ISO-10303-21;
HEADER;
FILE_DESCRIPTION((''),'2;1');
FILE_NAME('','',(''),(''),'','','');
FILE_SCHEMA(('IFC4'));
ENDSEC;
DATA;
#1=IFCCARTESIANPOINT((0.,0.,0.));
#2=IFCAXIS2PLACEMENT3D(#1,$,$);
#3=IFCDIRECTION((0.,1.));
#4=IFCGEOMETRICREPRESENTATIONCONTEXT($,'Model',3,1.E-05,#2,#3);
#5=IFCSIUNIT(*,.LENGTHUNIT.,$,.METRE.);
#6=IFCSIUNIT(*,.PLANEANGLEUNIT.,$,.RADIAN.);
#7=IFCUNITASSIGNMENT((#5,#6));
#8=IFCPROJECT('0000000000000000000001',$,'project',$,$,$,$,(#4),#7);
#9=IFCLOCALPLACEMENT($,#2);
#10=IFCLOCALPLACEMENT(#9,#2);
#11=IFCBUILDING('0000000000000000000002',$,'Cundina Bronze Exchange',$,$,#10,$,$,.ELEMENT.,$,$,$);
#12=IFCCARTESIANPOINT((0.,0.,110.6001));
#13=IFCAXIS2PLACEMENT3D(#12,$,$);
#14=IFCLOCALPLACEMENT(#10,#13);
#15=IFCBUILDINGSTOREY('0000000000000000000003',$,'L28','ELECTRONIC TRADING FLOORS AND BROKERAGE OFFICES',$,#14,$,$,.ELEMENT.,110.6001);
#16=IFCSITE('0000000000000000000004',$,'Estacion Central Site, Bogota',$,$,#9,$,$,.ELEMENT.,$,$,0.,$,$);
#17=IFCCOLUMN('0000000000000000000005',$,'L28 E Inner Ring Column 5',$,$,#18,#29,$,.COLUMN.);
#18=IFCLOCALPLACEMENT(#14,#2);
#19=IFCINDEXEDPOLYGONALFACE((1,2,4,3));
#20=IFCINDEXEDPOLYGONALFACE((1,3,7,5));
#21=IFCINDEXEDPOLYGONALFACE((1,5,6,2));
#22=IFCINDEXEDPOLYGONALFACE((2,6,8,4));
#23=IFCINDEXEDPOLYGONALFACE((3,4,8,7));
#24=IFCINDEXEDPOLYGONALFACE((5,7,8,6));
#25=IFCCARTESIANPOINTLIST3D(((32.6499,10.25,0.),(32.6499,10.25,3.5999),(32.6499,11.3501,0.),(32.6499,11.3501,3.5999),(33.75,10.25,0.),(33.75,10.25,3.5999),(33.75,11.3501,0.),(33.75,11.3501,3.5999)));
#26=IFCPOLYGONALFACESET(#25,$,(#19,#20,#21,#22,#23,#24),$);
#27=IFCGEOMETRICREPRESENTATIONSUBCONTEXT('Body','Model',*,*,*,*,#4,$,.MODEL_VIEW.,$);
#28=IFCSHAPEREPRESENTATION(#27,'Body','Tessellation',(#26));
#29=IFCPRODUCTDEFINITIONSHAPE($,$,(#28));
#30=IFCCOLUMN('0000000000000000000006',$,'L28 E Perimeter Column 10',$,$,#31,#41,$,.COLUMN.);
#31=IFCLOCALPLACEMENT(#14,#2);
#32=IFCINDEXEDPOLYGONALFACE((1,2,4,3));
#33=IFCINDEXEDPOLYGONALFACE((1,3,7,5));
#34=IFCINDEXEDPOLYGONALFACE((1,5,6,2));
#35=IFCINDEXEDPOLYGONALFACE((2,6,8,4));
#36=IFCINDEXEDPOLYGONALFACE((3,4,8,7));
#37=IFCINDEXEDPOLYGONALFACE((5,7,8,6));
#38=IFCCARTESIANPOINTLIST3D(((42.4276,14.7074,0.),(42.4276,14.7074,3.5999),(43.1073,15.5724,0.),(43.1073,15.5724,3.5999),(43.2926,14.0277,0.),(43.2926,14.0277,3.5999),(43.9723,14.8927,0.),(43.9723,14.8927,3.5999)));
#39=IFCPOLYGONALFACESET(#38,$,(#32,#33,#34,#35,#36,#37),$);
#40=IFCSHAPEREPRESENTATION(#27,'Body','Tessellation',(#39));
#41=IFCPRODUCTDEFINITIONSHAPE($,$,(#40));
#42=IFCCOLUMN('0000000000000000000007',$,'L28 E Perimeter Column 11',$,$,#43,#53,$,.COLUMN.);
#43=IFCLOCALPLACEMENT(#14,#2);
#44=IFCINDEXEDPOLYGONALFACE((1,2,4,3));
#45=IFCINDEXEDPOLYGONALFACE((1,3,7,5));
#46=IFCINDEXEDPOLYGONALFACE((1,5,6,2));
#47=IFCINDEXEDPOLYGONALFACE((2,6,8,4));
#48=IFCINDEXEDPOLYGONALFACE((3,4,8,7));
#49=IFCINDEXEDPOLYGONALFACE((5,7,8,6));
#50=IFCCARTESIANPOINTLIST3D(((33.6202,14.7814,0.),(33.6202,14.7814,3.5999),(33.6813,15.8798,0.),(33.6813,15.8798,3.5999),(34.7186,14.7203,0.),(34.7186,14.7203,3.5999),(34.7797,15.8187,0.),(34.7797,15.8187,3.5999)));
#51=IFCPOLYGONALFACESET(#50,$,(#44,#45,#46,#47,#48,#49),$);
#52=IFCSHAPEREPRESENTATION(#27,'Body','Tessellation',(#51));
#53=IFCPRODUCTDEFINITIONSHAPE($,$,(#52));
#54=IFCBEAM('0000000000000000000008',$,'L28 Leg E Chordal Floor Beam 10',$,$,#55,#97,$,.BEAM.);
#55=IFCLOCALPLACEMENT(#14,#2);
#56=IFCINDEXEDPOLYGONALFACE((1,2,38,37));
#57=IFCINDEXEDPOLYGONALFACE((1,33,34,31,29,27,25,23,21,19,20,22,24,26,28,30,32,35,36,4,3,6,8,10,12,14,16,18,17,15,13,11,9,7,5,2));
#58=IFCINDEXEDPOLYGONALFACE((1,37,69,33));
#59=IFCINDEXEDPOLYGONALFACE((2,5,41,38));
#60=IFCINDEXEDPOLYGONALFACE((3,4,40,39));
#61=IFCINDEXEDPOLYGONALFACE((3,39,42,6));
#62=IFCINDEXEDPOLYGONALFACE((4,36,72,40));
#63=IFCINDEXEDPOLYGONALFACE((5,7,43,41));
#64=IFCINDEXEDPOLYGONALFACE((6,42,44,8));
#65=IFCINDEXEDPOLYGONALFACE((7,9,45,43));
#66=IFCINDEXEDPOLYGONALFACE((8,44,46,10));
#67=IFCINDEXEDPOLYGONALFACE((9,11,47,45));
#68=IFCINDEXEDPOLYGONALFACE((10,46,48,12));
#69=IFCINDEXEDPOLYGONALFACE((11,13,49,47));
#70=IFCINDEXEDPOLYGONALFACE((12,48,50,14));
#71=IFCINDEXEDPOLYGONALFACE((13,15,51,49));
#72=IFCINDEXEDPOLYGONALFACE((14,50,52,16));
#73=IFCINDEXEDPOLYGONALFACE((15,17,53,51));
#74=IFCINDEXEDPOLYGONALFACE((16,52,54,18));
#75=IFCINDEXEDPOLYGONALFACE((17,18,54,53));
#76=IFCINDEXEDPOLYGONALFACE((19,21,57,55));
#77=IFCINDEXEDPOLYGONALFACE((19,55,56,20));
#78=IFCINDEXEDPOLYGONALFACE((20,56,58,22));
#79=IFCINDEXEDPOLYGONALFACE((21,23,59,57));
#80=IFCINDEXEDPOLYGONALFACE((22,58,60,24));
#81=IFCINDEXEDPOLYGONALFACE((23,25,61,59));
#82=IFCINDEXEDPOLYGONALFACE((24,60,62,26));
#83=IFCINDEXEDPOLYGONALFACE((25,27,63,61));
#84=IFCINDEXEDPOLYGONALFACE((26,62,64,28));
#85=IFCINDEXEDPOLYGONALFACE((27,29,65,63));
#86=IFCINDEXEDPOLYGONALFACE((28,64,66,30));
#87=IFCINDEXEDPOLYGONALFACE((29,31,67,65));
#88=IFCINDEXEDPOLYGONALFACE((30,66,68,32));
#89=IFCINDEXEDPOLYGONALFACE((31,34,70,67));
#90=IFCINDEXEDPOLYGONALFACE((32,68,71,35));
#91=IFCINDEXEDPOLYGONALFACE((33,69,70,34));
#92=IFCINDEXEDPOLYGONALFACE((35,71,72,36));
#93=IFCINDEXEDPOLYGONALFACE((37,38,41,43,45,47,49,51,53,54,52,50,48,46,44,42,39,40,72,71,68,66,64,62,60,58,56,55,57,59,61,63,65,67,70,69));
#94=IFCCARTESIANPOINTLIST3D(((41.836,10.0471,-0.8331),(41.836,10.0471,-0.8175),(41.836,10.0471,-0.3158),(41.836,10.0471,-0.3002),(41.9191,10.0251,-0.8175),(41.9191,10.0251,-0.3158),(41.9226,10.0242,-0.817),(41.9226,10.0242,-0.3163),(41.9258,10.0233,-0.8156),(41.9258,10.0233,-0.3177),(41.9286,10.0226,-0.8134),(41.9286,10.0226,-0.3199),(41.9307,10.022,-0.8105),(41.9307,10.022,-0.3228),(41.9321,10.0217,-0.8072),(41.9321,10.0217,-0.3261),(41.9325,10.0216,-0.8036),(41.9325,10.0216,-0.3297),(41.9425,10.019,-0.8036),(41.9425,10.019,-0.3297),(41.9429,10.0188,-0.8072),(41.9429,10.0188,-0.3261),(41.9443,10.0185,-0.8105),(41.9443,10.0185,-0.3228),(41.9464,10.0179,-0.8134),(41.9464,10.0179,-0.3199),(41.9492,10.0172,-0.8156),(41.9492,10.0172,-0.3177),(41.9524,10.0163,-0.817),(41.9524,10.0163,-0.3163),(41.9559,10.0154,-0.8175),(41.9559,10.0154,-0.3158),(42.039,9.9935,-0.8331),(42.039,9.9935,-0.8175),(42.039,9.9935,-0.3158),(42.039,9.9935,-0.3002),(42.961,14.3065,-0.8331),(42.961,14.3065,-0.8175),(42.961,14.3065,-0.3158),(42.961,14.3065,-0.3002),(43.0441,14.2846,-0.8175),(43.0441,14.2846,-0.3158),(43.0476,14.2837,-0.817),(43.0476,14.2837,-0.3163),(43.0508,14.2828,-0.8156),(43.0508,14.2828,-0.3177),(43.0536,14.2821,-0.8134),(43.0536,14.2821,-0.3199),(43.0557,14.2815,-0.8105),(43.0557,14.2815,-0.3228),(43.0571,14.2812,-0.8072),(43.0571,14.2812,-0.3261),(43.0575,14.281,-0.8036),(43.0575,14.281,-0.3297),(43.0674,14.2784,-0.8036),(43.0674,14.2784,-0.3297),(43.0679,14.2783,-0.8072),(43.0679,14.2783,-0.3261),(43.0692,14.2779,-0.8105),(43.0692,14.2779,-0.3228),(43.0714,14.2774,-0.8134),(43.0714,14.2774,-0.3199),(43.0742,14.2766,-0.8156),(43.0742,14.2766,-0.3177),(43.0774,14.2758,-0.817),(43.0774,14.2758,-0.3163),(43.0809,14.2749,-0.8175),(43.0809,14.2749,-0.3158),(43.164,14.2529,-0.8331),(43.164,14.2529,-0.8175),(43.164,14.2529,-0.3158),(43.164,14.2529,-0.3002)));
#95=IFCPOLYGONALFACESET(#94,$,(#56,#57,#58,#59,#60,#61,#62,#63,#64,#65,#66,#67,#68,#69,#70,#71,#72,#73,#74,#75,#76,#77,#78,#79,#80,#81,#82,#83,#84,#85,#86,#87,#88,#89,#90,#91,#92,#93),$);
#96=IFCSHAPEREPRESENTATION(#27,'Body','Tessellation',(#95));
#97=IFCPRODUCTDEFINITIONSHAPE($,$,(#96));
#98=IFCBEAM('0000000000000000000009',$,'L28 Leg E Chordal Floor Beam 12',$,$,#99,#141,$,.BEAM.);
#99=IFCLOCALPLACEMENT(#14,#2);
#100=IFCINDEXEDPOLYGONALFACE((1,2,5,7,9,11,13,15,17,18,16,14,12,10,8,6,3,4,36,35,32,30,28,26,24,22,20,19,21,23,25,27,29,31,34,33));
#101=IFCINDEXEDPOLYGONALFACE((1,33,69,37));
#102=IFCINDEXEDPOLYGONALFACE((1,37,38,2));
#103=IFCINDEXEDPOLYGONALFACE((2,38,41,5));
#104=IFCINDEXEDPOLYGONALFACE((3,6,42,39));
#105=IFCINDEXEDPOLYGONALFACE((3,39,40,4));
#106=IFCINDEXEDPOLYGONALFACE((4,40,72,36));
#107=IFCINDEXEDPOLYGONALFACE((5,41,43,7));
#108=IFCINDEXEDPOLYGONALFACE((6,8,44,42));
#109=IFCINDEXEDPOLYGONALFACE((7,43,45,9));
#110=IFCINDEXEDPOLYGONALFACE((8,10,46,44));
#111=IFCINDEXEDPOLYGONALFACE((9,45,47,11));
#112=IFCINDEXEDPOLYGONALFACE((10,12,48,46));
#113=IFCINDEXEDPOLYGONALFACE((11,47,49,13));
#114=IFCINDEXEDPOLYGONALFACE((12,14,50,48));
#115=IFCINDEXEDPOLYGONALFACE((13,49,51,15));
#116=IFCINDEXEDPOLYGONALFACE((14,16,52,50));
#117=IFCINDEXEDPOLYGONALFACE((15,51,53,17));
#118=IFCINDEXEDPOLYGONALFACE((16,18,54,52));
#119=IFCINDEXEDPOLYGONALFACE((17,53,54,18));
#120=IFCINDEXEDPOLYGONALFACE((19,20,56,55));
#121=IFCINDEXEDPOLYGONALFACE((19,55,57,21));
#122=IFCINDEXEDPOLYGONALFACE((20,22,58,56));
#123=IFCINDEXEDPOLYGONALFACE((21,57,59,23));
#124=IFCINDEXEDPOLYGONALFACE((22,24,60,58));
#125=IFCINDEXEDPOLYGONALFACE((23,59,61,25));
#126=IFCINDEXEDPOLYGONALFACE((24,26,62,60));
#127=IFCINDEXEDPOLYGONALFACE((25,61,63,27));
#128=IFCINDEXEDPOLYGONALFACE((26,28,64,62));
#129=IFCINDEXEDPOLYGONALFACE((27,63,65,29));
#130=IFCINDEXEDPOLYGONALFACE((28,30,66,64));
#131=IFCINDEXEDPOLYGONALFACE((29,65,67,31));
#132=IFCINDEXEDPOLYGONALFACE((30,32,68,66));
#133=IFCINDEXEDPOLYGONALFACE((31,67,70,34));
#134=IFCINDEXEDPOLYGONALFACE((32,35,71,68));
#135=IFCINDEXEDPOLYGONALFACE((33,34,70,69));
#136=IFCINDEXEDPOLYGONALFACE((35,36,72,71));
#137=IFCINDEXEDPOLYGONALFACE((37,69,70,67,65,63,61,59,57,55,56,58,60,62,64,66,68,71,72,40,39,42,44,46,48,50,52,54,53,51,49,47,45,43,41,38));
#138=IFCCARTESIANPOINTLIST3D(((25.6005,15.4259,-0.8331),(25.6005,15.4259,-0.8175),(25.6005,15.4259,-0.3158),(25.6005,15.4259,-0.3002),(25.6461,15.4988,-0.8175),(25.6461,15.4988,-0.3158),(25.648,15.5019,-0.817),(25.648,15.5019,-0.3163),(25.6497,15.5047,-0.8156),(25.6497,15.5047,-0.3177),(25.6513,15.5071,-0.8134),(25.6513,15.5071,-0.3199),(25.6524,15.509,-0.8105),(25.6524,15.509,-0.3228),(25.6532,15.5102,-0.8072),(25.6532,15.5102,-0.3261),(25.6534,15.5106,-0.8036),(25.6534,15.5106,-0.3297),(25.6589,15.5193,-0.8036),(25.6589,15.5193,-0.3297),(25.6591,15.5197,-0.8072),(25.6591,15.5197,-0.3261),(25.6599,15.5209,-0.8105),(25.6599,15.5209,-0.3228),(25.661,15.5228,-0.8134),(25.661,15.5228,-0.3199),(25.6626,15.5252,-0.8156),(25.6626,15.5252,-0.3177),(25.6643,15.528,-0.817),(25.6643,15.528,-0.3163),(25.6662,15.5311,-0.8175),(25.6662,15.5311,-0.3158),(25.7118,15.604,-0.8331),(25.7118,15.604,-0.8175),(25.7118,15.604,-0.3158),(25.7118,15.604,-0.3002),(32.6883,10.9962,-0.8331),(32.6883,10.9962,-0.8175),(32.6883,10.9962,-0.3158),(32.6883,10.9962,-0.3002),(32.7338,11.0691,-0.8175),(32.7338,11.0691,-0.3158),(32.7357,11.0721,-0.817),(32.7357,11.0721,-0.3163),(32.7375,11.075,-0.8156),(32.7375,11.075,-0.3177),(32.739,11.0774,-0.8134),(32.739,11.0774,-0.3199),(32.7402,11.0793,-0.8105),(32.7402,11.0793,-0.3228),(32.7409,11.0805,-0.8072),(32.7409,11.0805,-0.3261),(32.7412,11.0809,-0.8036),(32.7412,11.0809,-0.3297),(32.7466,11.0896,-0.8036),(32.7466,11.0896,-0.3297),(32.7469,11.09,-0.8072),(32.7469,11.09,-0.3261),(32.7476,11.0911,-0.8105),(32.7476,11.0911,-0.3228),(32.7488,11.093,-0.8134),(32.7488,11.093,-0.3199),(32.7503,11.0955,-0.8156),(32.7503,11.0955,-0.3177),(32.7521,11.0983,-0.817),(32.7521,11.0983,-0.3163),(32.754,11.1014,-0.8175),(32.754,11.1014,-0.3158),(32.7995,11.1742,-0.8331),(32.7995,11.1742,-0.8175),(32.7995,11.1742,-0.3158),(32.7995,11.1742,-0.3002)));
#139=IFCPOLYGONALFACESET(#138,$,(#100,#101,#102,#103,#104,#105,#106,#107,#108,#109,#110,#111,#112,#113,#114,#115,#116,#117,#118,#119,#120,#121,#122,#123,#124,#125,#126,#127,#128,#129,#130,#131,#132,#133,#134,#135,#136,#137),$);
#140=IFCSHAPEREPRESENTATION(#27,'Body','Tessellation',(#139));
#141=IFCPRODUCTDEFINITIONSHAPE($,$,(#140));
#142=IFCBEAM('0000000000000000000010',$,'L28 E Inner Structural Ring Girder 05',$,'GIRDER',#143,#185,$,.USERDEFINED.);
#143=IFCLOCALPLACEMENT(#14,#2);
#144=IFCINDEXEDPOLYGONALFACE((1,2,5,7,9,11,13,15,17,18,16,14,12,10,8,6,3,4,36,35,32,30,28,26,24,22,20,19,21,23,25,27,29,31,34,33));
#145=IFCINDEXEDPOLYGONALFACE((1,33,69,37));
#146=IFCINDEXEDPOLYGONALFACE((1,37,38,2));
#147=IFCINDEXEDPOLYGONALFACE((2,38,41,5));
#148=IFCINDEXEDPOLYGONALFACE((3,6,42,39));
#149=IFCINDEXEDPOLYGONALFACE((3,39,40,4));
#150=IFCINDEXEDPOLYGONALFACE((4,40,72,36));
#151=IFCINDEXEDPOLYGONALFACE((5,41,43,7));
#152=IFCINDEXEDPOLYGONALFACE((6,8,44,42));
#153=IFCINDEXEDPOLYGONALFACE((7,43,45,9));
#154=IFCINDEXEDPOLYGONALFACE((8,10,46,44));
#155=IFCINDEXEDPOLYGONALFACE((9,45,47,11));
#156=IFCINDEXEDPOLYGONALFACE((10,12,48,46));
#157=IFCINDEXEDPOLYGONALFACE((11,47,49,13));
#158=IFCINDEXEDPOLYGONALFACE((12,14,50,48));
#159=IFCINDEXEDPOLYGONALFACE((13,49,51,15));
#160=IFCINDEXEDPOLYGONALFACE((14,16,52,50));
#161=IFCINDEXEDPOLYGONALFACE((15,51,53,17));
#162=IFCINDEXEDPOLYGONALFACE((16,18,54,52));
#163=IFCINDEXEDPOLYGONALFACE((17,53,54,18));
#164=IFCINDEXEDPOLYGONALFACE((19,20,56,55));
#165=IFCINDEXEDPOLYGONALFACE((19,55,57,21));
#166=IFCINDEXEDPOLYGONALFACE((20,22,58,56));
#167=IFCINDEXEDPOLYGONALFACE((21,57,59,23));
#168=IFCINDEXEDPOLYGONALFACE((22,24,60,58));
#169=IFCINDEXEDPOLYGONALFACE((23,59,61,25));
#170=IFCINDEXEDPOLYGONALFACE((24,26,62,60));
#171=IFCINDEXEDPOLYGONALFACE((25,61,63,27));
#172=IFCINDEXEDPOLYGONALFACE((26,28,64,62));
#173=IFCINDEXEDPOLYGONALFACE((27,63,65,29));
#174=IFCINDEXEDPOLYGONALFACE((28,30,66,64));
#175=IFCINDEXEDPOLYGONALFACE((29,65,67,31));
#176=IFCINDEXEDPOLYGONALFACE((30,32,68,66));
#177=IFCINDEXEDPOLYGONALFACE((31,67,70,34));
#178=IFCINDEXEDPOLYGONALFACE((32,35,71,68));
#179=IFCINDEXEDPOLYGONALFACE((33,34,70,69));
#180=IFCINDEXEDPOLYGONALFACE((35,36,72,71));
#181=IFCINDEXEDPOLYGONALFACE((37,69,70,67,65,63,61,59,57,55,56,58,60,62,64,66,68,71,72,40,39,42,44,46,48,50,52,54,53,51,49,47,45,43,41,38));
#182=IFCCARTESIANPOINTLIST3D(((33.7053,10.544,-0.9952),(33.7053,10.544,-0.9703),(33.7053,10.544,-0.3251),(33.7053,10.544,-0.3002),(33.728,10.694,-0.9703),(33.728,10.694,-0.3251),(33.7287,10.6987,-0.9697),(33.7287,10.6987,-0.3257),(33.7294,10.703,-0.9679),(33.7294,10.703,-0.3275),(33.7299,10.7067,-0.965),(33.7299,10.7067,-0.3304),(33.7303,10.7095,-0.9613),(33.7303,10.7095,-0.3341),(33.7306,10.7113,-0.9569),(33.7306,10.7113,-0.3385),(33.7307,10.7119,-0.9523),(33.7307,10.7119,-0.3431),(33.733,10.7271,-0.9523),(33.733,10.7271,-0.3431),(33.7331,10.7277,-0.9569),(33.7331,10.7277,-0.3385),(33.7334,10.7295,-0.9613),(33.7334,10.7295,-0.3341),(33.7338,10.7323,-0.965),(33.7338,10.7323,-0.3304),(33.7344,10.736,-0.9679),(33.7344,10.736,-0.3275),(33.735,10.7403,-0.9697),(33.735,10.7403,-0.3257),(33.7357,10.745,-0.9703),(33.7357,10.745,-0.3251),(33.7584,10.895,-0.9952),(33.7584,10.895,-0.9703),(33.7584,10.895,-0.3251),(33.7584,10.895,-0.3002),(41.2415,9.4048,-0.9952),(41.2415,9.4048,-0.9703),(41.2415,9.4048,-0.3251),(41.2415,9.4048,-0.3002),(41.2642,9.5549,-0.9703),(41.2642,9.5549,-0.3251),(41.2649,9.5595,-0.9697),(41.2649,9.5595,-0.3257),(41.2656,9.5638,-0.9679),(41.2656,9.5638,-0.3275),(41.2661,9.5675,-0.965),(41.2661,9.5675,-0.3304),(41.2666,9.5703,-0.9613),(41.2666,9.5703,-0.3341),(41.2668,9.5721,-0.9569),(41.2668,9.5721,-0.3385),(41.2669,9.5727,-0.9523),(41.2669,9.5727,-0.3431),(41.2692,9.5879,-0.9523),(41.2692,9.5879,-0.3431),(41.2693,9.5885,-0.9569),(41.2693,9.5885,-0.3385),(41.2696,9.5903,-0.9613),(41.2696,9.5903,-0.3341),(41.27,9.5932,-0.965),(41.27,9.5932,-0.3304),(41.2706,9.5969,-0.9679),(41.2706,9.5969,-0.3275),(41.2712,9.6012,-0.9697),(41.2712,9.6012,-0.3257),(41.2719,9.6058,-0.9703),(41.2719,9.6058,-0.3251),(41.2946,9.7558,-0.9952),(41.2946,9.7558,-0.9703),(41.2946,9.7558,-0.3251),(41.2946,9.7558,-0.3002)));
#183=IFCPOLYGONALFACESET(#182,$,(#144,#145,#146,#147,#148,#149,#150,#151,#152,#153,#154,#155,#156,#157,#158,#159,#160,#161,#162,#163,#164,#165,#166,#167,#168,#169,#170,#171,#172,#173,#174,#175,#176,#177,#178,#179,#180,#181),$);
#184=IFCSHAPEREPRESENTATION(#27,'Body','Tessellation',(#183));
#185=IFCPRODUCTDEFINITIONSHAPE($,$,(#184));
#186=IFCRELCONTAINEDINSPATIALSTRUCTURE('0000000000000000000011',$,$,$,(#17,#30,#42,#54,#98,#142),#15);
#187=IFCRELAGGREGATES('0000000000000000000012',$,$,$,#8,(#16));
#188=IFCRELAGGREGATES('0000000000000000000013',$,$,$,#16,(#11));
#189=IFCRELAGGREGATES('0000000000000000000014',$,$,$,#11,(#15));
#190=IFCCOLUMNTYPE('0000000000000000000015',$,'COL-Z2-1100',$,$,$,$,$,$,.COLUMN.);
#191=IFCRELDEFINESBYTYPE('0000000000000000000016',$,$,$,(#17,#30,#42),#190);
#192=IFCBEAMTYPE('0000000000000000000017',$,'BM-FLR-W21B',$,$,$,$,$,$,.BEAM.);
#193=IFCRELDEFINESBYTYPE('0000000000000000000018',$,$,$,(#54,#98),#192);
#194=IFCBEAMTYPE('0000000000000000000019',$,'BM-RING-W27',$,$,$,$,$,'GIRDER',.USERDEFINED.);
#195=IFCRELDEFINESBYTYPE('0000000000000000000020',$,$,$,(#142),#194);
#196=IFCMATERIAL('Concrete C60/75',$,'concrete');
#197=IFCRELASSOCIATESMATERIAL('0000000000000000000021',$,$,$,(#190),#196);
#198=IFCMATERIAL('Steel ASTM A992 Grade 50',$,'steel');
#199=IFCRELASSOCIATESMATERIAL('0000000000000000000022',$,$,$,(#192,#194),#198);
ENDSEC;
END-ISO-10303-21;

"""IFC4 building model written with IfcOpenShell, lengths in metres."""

from ifc_helpers import new_model, si_unit, direction, frame, origin, origin_2d, place, context, subcontext, project, spatial, rectangle, i_section, extrude, material, material_profile, profile_set, type_object, element, save


model = new_model("IFC4")

# Units and contexts
model_context = context("Model", 3, precision=1e-05, world=origin(), true_north=direction((0.0, 1.0)))
body_context = subcontext(model_context, "Body", "Model", "MODEL_VIEW")
ifc_project = project(units=[si_unit("LENGTHUNIT", "METRE"), si_unit("PLANEANGLEUNIT", "RADIAN")], contexts=[model_context])

# Site, building, storey
site_placement = place(None, origin())
site = spatial("IfcSite", under=ifc_project, at=site_placement, Name="Estacion Central Site, Bogota", CompositionType="ELEMENT", RefElevation=0.0)
building_placement = place(site_placement, origin())
building = spatial("IfcBuilding", under=site, at=building_placement, Name="Cundina Bronze Exchange", CompositionType="ELEMENT")
storey_placement = place(building_placement, frame((0.0, 0.0, 110.6001)))
storey = spatial("IfcBuildingStorey", under=building, at=storey_placement, Name="L28", Description="ELECTRONIC TRADING FLOORS AND BROKERAGE OFFICES", CompositionType="ELEMENT", Elevation=110.6001)

# Columns
ifc_material_1 = material(Name="Concrete C60/75", Category="concrete")
ifc_material_profile_1 = material_profile(ifc_material_1, rectangle(XDim=1.1001, YDim=1.1001, at=origin_2d()), Name="RC1100X1100", Category="concrete")
ifc_profile_set_1 = profile_set([ifc_material_profile_1], Name="Concrete C60/75")
column_type = type_object("IfcColumnType", Name="COL-Z2-1100", PredefinedType="COLUMN", material=ifc_profile_set_1)
for number, where, z_axis, x_axis, name in (
    (1, (33.2, 10.8, 0.0), (0.0, 0.0, 1.0), (1.0, 0.0, 0.0), "L28 E Inner Ring Column 5"),
    (2, (43.2, 14.8, 0.0), (0.0, 0.0, 1.0), (-0.786288, 0.61786, 0.0), "L28 E Perimeter Column 10"),
    (3, (34.2, 15.3, 0.0), (0.0, 0.0, 1.0), (-0.99846, 0.055473, 0.0), "L28 E Perimeter Column 11"),
):
    element("IfcColumn", number, at=place(storey_placement, frame(where, z_axis=z_axis, x_axis=x_axis)), inside=storey, type_object=column_type, Name=name, PredefinedType="COLUMN", context=body_context, shape_type="SweptSolid", body=[
        extrude(rectangle(XDim=1.1001, YDim=1.1001, at=origin_2d()), origin(), (0.0, 0.0, 1.0), 3.5999),
    ])

# Beams
ifc_material_2 = material(Name="Steel ASTM A992 Grade 50", Category="steel")
ifc_material_profile_2 = material_profile(ifc_material_2, i_section(OverallWidth=0.21, OverallDepth=0.533, WebThickness=0.0103, FlangeThickness=0.0156, FilletRadius=0.0139, at=origin_2d()), Name="W21X62", Category="steel")
ifc_profile_set_2 = profile_set([ifc_material_profile_2], Name="Steel ASTM A992 Grade 50")
beam_type_1 = type_object("IfcBeamType", Name="BM-FLR-W21B", PredefinedType="BEAM", material=ifc_profile_set_2)
beam_1_placement = place(storey_placement, frame((41.9375, 10.0203, -0.5667), z_axis=(0.255358, 0.966847, 0.0), x_axis=(-0.966847, 0.255358, 0.0)))
element("IfcBeam", 4, at=beam_1_placement, inside=storey, type_object=beam_type_1, Name="L28 Leg E Chordal Floor Beam 10", PredefinedType="BEAM", context=body_context, shape_type="SweptSolid", body=[
    extrude(i_section(OverallWidth=0.21, OverallDepth=0.533, WebThickness=0.0103, FlangeThickness=0.0156, FilletRadius=0.0139, at=origin_2d()), origin(), (0.0, 0.0, 1.0), 4.4055),
])
beam_2_placement = place(storey_placement, frame((32.7439, 11.0852, -0.5667), z_axis=(-0.848003, 0.529991, 0.0), x_axis=(-0.529991, -0.848003, 0.0)))
element("IfcBeam", 5, at=beam_2_placement, inside=storey, type_object=beam_type_1, Name="L28 Leg E Chordal Floor Beam 12", PredefinedType="BEAM", context=body_context, shape_type="SweptSolid", body=[
    extrude(i_section(OverallWidth=0.21, OverallDepth=0.533, WebThickness=0.0103, FlangeThickness=0.0156, FilletRadius=0.0139, at=origin_2d()), origin(), (0.0, 0.0, 1.0), 8.3582),
])
ifc_material_profile_3 = material_profile(ifc_material_2, i_section(OverallWidth=0.355, OverallDepth=0.6951, WebThickness=0.0154, FlangeThickness=0.0249, FilletRadius=0.0181, at=origin_2d()), Name="W27X146", Category="steel")
ifc_profile_set_3 = profile_set([ifc_material_profile_3], Name="Steel ASTM A992 Grade 50")
beam_type_2 = type_object("IfcBeamType", Name="BM-RING-W27", ElementType="GIRDER", PredefinedType="USERDEFINED", material=ifc_profile_set_3)
beam_3_placement = place(storey_placement, frame((41.2681, 9.5803, -0.6477), z_axis=(-0.988767, 0.149462, 0.0), x_axis=(-0.149462, -0.988767, 0.0)))
element("IfcBeam", 6, at=beam_3_placement, inside=storey, type_object=beam_type_2, Name="L28 E Inner Structural Ring Girder 05", ObjectType="GIRDER", PredefinedType="USERDEFINED", context=body_context, shape_type="SweptSolid", body=[
    extrude(i_section(OverallWidth=0.355, OverallDepth=0.6951, WebThickness=0.0154, FlangeThickness=0.0249, FilletRadius=0.0181, at=origin_2d()), origin(), (0.0, 0.0, 1.0), 7.6218),
])

save(model, "model.ifc")
